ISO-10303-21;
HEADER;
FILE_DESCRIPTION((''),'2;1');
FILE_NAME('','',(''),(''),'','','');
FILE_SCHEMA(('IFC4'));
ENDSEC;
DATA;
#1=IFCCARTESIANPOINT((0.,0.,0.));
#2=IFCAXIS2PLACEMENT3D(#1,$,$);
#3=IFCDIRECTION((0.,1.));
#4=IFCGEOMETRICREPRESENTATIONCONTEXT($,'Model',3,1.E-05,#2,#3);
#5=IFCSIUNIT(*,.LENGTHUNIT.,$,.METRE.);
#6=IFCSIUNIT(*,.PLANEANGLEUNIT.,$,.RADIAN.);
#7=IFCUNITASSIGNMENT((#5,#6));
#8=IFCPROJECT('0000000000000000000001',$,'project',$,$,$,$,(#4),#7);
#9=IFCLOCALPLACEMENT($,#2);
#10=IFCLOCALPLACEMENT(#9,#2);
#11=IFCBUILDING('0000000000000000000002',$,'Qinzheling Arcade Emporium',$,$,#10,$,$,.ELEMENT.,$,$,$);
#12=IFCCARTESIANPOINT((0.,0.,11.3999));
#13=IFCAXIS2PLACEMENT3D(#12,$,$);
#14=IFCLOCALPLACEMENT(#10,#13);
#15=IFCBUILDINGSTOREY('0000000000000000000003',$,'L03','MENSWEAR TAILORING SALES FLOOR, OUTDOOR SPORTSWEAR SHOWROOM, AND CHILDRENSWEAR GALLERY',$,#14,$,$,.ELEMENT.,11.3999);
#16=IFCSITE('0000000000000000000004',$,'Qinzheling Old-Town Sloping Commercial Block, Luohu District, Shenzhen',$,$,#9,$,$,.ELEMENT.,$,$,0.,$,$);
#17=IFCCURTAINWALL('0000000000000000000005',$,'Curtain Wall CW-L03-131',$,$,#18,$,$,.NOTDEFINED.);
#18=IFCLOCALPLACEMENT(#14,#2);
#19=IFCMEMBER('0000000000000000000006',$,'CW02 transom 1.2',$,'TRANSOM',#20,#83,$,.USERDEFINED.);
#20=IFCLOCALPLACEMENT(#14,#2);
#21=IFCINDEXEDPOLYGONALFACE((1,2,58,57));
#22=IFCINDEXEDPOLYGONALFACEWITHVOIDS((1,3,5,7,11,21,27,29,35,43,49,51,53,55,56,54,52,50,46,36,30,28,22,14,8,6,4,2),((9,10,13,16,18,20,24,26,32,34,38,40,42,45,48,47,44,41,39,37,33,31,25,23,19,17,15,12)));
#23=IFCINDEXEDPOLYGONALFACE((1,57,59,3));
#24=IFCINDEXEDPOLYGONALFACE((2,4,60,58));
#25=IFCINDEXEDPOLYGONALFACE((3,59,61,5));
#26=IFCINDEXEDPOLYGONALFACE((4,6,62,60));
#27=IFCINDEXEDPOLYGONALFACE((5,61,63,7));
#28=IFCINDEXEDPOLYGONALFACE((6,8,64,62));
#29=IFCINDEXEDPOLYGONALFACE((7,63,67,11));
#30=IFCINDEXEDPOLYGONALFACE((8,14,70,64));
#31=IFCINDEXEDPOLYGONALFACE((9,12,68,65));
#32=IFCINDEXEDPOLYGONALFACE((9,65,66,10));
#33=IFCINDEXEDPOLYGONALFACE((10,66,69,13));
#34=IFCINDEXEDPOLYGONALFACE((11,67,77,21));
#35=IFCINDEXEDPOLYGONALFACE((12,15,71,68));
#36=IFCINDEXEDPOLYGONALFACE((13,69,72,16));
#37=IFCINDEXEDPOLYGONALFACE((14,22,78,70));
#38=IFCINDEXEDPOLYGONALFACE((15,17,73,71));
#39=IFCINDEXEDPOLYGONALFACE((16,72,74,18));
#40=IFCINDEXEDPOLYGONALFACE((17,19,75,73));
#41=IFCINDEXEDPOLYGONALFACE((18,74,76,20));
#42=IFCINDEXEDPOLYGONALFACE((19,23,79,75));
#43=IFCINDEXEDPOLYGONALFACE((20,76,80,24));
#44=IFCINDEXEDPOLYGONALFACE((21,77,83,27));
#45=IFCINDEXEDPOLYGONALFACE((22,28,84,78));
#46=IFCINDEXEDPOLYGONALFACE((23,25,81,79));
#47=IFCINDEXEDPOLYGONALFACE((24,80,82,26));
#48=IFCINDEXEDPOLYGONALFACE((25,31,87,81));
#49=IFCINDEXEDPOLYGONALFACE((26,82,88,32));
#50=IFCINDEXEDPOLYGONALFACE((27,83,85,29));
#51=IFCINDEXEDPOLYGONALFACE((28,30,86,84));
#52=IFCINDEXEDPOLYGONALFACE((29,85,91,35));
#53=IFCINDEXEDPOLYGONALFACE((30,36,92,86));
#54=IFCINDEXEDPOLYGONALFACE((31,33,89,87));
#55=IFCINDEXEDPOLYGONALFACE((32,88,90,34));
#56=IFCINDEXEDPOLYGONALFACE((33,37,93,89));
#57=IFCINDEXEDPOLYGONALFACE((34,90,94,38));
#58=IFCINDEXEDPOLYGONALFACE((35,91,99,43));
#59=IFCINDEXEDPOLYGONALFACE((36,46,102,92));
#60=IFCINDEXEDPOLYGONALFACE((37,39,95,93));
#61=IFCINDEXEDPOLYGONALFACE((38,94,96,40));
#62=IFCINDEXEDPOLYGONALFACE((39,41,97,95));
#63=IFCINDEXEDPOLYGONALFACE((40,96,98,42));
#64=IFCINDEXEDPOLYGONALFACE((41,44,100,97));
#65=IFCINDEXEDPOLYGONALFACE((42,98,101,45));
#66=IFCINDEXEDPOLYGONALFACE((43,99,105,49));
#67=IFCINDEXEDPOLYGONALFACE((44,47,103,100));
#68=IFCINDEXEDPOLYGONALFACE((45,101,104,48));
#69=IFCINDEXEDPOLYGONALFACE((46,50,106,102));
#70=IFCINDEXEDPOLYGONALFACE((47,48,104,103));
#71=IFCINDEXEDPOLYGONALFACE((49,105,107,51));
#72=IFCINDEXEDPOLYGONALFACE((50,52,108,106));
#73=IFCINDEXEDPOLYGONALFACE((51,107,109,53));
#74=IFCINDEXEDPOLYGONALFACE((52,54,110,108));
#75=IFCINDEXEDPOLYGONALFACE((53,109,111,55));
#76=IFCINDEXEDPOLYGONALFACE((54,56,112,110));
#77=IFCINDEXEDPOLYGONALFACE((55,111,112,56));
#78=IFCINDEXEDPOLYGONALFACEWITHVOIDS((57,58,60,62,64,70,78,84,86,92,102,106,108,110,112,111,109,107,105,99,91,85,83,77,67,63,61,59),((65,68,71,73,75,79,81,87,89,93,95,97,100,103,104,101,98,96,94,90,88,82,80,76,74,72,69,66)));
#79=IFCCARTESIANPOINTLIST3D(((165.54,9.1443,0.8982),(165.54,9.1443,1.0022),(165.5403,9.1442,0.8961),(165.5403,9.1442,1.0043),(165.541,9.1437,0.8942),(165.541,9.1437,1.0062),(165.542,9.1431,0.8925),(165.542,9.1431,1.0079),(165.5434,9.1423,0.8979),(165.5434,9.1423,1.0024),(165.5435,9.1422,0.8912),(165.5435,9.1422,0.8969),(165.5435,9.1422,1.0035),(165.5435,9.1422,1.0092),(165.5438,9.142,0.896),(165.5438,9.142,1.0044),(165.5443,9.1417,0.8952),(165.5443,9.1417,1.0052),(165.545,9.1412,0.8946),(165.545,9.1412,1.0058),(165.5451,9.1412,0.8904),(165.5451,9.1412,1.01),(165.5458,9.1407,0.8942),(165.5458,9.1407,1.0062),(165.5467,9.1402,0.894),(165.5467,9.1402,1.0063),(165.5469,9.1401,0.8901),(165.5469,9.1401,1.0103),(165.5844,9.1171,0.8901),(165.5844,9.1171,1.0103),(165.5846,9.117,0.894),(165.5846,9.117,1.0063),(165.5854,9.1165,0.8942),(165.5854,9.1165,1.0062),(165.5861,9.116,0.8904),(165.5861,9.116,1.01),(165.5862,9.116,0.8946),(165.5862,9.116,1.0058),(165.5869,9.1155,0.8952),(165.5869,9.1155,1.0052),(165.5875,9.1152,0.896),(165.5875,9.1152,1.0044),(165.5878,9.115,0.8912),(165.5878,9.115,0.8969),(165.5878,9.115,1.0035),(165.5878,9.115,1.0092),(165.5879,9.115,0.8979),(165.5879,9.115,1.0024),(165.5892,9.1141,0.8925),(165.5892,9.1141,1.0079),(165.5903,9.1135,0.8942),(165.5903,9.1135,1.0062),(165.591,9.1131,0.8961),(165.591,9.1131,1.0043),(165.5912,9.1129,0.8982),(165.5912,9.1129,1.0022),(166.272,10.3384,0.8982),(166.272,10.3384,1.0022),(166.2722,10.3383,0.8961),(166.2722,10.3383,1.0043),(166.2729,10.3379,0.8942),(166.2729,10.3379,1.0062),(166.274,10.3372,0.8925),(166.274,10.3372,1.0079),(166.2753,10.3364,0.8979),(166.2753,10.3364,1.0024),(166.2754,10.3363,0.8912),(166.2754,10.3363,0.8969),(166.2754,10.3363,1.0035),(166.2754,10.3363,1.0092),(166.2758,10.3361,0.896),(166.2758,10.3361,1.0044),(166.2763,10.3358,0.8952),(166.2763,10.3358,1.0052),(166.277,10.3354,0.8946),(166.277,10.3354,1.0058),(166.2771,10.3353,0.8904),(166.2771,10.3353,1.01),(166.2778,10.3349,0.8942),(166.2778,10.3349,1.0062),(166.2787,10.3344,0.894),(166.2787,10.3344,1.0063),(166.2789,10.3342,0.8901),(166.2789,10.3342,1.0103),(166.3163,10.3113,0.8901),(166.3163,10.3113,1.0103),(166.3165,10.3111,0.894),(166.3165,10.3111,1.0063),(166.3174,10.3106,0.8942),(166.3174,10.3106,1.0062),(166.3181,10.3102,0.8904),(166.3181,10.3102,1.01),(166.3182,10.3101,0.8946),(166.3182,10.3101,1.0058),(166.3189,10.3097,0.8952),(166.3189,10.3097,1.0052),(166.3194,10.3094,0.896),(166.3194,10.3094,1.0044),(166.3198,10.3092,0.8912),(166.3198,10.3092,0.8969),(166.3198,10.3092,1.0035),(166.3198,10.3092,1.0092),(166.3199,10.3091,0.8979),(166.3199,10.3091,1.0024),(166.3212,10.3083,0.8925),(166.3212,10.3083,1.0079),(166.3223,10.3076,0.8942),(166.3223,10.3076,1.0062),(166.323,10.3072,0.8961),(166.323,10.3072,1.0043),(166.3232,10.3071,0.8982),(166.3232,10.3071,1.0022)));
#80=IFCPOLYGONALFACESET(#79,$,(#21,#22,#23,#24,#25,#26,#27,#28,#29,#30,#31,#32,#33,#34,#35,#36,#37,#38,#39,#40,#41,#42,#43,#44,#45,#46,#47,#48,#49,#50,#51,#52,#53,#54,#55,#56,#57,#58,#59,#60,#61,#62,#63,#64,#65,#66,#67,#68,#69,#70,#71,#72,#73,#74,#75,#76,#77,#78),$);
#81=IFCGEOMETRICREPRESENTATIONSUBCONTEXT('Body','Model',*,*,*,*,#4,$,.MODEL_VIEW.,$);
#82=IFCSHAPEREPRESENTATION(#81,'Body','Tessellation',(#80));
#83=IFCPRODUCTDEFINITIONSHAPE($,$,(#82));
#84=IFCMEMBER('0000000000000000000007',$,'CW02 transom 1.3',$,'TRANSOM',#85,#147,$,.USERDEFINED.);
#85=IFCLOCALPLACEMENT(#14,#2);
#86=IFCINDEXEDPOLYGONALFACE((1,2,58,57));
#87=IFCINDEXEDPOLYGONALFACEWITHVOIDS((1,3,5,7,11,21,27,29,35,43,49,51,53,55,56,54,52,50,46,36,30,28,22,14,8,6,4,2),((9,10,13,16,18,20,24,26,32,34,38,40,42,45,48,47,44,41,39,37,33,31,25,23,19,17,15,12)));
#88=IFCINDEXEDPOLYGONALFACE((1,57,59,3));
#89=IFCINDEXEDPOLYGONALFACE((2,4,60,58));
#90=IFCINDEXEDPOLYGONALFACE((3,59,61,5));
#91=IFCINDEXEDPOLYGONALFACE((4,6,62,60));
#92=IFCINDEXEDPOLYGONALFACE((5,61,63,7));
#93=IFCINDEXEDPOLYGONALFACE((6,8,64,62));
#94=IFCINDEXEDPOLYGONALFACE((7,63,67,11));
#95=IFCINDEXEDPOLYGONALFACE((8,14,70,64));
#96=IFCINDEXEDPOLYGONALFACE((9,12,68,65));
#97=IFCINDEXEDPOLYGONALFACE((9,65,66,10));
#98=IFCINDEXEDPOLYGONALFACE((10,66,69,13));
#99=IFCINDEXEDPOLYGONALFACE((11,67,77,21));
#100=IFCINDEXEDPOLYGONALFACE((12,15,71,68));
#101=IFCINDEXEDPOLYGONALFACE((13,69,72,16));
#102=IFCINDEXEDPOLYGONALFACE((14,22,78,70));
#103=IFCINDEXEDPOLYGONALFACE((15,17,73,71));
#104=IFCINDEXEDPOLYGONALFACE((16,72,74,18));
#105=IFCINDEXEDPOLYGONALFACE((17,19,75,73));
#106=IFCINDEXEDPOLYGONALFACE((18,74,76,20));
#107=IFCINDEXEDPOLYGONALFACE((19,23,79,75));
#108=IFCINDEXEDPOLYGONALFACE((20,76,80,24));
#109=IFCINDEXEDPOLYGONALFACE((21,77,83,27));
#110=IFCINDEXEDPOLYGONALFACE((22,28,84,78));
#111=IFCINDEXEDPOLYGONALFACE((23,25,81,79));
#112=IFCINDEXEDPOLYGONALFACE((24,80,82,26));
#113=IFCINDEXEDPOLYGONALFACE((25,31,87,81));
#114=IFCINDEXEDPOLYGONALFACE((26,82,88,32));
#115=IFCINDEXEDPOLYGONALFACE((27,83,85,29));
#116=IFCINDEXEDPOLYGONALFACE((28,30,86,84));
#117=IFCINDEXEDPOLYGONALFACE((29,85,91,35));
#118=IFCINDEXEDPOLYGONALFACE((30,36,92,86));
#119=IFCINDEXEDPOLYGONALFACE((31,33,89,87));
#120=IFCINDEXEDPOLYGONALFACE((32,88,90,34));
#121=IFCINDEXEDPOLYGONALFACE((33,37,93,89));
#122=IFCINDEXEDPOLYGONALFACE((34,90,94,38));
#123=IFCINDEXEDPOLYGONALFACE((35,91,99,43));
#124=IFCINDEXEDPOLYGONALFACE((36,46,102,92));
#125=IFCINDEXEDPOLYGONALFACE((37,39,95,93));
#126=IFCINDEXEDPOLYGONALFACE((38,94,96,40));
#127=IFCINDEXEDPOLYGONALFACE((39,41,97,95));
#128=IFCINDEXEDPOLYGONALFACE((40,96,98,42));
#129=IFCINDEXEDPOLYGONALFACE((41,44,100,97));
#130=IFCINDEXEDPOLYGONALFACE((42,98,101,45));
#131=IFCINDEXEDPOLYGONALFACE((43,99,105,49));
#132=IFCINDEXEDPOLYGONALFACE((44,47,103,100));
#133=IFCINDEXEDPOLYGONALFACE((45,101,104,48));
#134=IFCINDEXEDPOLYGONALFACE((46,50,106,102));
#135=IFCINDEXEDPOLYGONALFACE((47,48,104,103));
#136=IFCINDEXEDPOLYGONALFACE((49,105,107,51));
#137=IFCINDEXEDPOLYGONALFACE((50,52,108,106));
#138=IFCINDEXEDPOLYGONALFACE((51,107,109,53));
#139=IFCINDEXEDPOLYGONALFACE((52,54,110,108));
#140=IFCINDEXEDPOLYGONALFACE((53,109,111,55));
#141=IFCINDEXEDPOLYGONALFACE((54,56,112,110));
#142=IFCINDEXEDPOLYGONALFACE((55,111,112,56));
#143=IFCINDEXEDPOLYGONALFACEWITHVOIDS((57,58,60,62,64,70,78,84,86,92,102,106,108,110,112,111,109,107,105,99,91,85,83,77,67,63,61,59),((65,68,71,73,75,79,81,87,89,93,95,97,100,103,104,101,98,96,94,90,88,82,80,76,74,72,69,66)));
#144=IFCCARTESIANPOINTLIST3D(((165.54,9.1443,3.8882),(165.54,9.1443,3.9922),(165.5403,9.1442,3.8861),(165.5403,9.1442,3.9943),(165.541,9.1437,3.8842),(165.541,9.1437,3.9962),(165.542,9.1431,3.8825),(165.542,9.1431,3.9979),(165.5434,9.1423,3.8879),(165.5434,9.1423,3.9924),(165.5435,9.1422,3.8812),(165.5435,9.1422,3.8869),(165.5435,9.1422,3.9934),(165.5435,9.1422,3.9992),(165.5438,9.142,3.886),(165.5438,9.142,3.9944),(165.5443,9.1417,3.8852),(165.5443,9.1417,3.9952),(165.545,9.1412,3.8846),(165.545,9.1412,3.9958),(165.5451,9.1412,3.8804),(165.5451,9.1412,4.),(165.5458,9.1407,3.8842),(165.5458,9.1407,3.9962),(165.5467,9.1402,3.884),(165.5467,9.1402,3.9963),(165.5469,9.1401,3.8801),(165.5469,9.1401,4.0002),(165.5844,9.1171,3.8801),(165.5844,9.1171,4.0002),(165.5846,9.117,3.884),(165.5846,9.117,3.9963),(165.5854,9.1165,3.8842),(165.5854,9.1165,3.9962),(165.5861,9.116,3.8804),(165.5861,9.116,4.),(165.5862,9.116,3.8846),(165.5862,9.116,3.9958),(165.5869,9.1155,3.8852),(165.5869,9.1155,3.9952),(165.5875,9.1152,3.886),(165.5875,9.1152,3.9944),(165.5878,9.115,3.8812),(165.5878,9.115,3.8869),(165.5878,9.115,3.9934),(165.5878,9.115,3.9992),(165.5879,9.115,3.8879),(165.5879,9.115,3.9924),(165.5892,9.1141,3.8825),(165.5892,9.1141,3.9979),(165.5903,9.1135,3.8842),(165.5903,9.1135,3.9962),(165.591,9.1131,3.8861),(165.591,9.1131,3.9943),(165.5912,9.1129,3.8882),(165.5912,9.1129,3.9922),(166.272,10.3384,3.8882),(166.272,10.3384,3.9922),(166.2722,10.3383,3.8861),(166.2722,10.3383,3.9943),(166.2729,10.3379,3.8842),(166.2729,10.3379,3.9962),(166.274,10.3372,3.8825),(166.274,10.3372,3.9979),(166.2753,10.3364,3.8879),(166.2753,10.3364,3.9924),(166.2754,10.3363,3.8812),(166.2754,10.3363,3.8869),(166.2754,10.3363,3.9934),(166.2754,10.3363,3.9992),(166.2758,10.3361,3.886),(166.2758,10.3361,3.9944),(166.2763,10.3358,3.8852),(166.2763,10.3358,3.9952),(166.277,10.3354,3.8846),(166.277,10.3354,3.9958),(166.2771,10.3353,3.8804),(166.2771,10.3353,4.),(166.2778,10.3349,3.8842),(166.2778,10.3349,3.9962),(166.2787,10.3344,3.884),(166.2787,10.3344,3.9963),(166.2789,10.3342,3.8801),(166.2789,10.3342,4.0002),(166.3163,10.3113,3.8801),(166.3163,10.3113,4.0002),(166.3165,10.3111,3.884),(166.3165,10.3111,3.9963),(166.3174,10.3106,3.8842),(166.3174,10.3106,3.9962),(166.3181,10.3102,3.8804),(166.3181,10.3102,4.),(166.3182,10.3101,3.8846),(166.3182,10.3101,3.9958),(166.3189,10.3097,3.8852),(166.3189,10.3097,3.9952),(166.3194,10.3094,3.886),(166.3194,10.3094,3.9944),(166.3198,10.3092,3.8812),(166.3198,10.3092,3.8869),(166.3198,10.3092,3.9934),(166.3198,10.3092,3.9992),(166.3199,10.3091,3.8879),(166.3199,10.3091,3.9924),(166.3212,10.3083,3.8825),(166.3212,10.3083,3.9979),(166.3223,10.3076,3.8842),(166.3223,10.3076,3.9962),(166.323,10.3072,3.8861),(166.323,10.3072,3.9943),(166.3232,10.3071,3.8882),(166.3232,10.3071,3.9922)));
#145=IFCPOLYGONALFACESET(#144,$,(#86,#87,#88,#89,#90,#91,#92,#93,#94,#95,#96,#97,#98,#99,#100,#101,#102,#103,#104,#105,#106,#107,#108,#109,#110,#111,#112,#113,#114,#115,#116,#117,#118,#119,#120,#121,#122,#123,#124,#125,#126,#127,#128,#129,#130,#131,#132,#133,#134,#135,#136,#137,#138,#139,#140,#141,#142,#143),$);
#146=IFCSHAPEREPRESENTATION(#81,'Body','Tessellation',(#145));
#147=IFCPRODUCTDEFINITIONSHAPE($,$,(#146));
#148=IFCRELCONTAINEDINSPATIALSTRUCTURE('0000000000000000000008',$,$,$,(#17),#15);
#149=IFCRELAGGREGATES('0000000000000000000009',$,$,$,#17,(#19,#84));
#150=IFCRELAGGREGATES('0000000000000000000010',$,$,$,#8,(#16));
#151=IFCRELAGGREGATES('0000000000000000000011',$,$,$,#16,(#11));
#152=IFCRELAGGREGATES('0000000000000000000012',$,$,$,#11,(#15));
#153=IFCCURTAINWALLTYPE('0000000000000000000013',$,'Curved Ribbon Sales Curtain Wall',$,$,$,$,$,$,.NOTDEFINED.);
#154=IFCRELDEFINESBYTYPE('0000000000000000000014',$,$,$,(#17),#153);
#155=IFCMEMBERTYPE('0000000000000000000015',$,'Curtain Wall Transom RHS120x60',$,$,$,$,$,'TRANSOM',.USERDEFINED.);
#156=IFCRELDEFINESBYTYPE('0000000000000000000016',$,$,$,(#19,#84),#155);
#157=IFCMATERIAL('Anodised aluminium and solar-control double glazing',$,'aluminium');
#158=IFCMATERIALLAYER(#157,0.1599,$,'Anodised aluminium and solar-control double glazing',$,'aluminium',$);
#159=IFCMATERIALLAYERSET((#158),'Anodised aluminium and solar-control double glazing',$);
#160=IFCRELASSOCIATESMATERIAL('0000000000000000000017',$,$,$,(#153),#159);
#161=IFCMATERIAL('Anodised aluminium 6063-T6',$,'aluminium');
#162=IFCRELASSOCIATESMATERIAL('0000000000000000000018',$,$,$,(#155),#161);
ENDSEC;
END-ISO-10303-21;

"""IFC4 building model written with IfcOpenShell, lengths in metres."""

from ifc_helpers import new_model, si_unit, direction, frame, origin, origin_2d, place, context, subcontext, project, spatial, hollow_rectangle, extrude, material, layer, layer_set, material_profile, profile_set, type_object, element, aggregate, save


model = new_model("IFC4")

# Units and contexts
model_context = context("Model", 3, precision=1e-05, world=origin(), true_north=direction((0.0, 1.0)))
body_context = subcontext(model_context, "Body", "Model", "MODEL_VIEW")
ifc_project = project(units=[si_unit("LENGTHUNIT", "METRE"), si_unit("PLANEANGLEUNIT", "RADIAN")], contexts=[model_context])

# Site, building, storey
site_placement = place(None, origin())
site = spatial("IfcSite", under=ifc_project, at=site_placement, Name="Qinzheling Old-Town Sloping Commercial Block, Luohu District, Shenzhen", CompositionType="ELEMENT", RefElevation=0.0)
building_placement = place(site_placement, origin())
building = spatial("IfcBuilding", under=site, at=building_placement, Name="Qinzheling Arcade Emporium", CompositionType="ELEMENT")
storey_placement = place(building_placement, frame((0.0, 0.0, 11.3999)))
storey = spatial("IfcBuildingStorey", under=building, at=storey_placement, Name="L03", Description="MENSWEAR TAILORING SALES FLOOR, OUTDOOR SPORTSWEAR SHOWROOM, AND CHILDRENSWEAR GALLERY", CompositionType="ELEMENT", Elevation=11.3999)

# Curtain wall
ifc_material_1 = material(Name="Anodised aluminium and solar-control double glazing", Category="aluminium")
ifc_layer_1 = layer(ifc_material_1, 0.1599, Name="Anodised aluminium and solar-control double glazing", Category="aluminium")
ifc_layer_set_1 = layer_set([ifc_layer_1], Name="Anodised aluminium and solar-control double glazing")
curtain_wall_type = type_object("IfcCurtainWallType", Name="Curved Ribbon Sales Curtain Wall", PredefinedType="NOTDEFINED", material=ifc_layer_set_1)
curtain_wall_1_placement = place(storey_placement, origin())
curtain_wall_1 = element("IfcCurtainWall", 1, at=curtain_wall_1_placement, inside=storey, type_object=curtain_wall_type, Name="Curtain Wall CW-L03-131", PredefinedType="NOTDEFINED")
ifc_material_2 = material(Name="Anodised aluminium 6063-T6", Category="aluminium")

# Members
ifc_material_profile_1 = material_profile(ifc_material_2, hollow_rectangle(XDim=0.0601, YDim=0.1201, WallThickness=0.0039, InnerFilletRadius=0.0039, OuterFilletRadius=0.0081, at=origin_2d()), Name="RHS 120x60x4", Category="aluminium")
ifc_profile_set_1 = profile_set([ifc_material_profile_1], Name="Anodised aluminium 6063-T6")
member_type_1 = type_object("IfcMemberType", Name="Curtain Wall Transom RHS120x60", ElementType="TRANSOM", PredefinedType="USERDEFINED", material=ifc_profile_set_1)
member_1_placement = place(storey_placement, frame((166.2976, 10.3228, 0.9502), z_axis=(-0.522599, -0.852579, 0.0), x_axis=(0.852579, -0.522599, 0.0)))
member_1 = element("IfcMember", 2, at=member_1_placement, type_object=member_type_1, Name="CW02 transom 1.2", ObjectType="TRANSOM", PredefinedType="USERDEFINED", context=body_context, shape_type="SweptSolid", body=[
    extrude(hollow_rectangle(XDim=0.0601, YDim=0.1201, WallThickness=0.0039, InnerFilletRadius=0.0039, OuterFilletRadius=0.0081, at=origin_2d()), origin(), (0.0, 0.0, 1.0), 1.4006),
])
member_2_placement = place(storey_placement, frame((166.2976, 10.3228, 3.9402), z_axis=(-0.522599, -0.852579, 0.0), x_axis=(0.852579, -0.522599, 0.0)))
member_2 = element("IfcMember", 3, at=member_2_placement, type_object=member_type_1, Name="CW02 transom 1.3", ObjectType="TRANSOM", PredefinedType="USERDEFINED", context=body_context, shape_type="SweptSolid", body=[
    extrude(hollow_rectangle(XDim=0.0601, YDim=0.1201, WallThickness=0.0039, InnerFilletRadius=0.0039, OuterFilletRadius=0.0081, at=origin_2d()), origin(), (0.0, 0.0, 1.0), 1.4006),
])

aggregate(curtain_wall_1, [member_1, member_2])

save(model, "model.ifc")
